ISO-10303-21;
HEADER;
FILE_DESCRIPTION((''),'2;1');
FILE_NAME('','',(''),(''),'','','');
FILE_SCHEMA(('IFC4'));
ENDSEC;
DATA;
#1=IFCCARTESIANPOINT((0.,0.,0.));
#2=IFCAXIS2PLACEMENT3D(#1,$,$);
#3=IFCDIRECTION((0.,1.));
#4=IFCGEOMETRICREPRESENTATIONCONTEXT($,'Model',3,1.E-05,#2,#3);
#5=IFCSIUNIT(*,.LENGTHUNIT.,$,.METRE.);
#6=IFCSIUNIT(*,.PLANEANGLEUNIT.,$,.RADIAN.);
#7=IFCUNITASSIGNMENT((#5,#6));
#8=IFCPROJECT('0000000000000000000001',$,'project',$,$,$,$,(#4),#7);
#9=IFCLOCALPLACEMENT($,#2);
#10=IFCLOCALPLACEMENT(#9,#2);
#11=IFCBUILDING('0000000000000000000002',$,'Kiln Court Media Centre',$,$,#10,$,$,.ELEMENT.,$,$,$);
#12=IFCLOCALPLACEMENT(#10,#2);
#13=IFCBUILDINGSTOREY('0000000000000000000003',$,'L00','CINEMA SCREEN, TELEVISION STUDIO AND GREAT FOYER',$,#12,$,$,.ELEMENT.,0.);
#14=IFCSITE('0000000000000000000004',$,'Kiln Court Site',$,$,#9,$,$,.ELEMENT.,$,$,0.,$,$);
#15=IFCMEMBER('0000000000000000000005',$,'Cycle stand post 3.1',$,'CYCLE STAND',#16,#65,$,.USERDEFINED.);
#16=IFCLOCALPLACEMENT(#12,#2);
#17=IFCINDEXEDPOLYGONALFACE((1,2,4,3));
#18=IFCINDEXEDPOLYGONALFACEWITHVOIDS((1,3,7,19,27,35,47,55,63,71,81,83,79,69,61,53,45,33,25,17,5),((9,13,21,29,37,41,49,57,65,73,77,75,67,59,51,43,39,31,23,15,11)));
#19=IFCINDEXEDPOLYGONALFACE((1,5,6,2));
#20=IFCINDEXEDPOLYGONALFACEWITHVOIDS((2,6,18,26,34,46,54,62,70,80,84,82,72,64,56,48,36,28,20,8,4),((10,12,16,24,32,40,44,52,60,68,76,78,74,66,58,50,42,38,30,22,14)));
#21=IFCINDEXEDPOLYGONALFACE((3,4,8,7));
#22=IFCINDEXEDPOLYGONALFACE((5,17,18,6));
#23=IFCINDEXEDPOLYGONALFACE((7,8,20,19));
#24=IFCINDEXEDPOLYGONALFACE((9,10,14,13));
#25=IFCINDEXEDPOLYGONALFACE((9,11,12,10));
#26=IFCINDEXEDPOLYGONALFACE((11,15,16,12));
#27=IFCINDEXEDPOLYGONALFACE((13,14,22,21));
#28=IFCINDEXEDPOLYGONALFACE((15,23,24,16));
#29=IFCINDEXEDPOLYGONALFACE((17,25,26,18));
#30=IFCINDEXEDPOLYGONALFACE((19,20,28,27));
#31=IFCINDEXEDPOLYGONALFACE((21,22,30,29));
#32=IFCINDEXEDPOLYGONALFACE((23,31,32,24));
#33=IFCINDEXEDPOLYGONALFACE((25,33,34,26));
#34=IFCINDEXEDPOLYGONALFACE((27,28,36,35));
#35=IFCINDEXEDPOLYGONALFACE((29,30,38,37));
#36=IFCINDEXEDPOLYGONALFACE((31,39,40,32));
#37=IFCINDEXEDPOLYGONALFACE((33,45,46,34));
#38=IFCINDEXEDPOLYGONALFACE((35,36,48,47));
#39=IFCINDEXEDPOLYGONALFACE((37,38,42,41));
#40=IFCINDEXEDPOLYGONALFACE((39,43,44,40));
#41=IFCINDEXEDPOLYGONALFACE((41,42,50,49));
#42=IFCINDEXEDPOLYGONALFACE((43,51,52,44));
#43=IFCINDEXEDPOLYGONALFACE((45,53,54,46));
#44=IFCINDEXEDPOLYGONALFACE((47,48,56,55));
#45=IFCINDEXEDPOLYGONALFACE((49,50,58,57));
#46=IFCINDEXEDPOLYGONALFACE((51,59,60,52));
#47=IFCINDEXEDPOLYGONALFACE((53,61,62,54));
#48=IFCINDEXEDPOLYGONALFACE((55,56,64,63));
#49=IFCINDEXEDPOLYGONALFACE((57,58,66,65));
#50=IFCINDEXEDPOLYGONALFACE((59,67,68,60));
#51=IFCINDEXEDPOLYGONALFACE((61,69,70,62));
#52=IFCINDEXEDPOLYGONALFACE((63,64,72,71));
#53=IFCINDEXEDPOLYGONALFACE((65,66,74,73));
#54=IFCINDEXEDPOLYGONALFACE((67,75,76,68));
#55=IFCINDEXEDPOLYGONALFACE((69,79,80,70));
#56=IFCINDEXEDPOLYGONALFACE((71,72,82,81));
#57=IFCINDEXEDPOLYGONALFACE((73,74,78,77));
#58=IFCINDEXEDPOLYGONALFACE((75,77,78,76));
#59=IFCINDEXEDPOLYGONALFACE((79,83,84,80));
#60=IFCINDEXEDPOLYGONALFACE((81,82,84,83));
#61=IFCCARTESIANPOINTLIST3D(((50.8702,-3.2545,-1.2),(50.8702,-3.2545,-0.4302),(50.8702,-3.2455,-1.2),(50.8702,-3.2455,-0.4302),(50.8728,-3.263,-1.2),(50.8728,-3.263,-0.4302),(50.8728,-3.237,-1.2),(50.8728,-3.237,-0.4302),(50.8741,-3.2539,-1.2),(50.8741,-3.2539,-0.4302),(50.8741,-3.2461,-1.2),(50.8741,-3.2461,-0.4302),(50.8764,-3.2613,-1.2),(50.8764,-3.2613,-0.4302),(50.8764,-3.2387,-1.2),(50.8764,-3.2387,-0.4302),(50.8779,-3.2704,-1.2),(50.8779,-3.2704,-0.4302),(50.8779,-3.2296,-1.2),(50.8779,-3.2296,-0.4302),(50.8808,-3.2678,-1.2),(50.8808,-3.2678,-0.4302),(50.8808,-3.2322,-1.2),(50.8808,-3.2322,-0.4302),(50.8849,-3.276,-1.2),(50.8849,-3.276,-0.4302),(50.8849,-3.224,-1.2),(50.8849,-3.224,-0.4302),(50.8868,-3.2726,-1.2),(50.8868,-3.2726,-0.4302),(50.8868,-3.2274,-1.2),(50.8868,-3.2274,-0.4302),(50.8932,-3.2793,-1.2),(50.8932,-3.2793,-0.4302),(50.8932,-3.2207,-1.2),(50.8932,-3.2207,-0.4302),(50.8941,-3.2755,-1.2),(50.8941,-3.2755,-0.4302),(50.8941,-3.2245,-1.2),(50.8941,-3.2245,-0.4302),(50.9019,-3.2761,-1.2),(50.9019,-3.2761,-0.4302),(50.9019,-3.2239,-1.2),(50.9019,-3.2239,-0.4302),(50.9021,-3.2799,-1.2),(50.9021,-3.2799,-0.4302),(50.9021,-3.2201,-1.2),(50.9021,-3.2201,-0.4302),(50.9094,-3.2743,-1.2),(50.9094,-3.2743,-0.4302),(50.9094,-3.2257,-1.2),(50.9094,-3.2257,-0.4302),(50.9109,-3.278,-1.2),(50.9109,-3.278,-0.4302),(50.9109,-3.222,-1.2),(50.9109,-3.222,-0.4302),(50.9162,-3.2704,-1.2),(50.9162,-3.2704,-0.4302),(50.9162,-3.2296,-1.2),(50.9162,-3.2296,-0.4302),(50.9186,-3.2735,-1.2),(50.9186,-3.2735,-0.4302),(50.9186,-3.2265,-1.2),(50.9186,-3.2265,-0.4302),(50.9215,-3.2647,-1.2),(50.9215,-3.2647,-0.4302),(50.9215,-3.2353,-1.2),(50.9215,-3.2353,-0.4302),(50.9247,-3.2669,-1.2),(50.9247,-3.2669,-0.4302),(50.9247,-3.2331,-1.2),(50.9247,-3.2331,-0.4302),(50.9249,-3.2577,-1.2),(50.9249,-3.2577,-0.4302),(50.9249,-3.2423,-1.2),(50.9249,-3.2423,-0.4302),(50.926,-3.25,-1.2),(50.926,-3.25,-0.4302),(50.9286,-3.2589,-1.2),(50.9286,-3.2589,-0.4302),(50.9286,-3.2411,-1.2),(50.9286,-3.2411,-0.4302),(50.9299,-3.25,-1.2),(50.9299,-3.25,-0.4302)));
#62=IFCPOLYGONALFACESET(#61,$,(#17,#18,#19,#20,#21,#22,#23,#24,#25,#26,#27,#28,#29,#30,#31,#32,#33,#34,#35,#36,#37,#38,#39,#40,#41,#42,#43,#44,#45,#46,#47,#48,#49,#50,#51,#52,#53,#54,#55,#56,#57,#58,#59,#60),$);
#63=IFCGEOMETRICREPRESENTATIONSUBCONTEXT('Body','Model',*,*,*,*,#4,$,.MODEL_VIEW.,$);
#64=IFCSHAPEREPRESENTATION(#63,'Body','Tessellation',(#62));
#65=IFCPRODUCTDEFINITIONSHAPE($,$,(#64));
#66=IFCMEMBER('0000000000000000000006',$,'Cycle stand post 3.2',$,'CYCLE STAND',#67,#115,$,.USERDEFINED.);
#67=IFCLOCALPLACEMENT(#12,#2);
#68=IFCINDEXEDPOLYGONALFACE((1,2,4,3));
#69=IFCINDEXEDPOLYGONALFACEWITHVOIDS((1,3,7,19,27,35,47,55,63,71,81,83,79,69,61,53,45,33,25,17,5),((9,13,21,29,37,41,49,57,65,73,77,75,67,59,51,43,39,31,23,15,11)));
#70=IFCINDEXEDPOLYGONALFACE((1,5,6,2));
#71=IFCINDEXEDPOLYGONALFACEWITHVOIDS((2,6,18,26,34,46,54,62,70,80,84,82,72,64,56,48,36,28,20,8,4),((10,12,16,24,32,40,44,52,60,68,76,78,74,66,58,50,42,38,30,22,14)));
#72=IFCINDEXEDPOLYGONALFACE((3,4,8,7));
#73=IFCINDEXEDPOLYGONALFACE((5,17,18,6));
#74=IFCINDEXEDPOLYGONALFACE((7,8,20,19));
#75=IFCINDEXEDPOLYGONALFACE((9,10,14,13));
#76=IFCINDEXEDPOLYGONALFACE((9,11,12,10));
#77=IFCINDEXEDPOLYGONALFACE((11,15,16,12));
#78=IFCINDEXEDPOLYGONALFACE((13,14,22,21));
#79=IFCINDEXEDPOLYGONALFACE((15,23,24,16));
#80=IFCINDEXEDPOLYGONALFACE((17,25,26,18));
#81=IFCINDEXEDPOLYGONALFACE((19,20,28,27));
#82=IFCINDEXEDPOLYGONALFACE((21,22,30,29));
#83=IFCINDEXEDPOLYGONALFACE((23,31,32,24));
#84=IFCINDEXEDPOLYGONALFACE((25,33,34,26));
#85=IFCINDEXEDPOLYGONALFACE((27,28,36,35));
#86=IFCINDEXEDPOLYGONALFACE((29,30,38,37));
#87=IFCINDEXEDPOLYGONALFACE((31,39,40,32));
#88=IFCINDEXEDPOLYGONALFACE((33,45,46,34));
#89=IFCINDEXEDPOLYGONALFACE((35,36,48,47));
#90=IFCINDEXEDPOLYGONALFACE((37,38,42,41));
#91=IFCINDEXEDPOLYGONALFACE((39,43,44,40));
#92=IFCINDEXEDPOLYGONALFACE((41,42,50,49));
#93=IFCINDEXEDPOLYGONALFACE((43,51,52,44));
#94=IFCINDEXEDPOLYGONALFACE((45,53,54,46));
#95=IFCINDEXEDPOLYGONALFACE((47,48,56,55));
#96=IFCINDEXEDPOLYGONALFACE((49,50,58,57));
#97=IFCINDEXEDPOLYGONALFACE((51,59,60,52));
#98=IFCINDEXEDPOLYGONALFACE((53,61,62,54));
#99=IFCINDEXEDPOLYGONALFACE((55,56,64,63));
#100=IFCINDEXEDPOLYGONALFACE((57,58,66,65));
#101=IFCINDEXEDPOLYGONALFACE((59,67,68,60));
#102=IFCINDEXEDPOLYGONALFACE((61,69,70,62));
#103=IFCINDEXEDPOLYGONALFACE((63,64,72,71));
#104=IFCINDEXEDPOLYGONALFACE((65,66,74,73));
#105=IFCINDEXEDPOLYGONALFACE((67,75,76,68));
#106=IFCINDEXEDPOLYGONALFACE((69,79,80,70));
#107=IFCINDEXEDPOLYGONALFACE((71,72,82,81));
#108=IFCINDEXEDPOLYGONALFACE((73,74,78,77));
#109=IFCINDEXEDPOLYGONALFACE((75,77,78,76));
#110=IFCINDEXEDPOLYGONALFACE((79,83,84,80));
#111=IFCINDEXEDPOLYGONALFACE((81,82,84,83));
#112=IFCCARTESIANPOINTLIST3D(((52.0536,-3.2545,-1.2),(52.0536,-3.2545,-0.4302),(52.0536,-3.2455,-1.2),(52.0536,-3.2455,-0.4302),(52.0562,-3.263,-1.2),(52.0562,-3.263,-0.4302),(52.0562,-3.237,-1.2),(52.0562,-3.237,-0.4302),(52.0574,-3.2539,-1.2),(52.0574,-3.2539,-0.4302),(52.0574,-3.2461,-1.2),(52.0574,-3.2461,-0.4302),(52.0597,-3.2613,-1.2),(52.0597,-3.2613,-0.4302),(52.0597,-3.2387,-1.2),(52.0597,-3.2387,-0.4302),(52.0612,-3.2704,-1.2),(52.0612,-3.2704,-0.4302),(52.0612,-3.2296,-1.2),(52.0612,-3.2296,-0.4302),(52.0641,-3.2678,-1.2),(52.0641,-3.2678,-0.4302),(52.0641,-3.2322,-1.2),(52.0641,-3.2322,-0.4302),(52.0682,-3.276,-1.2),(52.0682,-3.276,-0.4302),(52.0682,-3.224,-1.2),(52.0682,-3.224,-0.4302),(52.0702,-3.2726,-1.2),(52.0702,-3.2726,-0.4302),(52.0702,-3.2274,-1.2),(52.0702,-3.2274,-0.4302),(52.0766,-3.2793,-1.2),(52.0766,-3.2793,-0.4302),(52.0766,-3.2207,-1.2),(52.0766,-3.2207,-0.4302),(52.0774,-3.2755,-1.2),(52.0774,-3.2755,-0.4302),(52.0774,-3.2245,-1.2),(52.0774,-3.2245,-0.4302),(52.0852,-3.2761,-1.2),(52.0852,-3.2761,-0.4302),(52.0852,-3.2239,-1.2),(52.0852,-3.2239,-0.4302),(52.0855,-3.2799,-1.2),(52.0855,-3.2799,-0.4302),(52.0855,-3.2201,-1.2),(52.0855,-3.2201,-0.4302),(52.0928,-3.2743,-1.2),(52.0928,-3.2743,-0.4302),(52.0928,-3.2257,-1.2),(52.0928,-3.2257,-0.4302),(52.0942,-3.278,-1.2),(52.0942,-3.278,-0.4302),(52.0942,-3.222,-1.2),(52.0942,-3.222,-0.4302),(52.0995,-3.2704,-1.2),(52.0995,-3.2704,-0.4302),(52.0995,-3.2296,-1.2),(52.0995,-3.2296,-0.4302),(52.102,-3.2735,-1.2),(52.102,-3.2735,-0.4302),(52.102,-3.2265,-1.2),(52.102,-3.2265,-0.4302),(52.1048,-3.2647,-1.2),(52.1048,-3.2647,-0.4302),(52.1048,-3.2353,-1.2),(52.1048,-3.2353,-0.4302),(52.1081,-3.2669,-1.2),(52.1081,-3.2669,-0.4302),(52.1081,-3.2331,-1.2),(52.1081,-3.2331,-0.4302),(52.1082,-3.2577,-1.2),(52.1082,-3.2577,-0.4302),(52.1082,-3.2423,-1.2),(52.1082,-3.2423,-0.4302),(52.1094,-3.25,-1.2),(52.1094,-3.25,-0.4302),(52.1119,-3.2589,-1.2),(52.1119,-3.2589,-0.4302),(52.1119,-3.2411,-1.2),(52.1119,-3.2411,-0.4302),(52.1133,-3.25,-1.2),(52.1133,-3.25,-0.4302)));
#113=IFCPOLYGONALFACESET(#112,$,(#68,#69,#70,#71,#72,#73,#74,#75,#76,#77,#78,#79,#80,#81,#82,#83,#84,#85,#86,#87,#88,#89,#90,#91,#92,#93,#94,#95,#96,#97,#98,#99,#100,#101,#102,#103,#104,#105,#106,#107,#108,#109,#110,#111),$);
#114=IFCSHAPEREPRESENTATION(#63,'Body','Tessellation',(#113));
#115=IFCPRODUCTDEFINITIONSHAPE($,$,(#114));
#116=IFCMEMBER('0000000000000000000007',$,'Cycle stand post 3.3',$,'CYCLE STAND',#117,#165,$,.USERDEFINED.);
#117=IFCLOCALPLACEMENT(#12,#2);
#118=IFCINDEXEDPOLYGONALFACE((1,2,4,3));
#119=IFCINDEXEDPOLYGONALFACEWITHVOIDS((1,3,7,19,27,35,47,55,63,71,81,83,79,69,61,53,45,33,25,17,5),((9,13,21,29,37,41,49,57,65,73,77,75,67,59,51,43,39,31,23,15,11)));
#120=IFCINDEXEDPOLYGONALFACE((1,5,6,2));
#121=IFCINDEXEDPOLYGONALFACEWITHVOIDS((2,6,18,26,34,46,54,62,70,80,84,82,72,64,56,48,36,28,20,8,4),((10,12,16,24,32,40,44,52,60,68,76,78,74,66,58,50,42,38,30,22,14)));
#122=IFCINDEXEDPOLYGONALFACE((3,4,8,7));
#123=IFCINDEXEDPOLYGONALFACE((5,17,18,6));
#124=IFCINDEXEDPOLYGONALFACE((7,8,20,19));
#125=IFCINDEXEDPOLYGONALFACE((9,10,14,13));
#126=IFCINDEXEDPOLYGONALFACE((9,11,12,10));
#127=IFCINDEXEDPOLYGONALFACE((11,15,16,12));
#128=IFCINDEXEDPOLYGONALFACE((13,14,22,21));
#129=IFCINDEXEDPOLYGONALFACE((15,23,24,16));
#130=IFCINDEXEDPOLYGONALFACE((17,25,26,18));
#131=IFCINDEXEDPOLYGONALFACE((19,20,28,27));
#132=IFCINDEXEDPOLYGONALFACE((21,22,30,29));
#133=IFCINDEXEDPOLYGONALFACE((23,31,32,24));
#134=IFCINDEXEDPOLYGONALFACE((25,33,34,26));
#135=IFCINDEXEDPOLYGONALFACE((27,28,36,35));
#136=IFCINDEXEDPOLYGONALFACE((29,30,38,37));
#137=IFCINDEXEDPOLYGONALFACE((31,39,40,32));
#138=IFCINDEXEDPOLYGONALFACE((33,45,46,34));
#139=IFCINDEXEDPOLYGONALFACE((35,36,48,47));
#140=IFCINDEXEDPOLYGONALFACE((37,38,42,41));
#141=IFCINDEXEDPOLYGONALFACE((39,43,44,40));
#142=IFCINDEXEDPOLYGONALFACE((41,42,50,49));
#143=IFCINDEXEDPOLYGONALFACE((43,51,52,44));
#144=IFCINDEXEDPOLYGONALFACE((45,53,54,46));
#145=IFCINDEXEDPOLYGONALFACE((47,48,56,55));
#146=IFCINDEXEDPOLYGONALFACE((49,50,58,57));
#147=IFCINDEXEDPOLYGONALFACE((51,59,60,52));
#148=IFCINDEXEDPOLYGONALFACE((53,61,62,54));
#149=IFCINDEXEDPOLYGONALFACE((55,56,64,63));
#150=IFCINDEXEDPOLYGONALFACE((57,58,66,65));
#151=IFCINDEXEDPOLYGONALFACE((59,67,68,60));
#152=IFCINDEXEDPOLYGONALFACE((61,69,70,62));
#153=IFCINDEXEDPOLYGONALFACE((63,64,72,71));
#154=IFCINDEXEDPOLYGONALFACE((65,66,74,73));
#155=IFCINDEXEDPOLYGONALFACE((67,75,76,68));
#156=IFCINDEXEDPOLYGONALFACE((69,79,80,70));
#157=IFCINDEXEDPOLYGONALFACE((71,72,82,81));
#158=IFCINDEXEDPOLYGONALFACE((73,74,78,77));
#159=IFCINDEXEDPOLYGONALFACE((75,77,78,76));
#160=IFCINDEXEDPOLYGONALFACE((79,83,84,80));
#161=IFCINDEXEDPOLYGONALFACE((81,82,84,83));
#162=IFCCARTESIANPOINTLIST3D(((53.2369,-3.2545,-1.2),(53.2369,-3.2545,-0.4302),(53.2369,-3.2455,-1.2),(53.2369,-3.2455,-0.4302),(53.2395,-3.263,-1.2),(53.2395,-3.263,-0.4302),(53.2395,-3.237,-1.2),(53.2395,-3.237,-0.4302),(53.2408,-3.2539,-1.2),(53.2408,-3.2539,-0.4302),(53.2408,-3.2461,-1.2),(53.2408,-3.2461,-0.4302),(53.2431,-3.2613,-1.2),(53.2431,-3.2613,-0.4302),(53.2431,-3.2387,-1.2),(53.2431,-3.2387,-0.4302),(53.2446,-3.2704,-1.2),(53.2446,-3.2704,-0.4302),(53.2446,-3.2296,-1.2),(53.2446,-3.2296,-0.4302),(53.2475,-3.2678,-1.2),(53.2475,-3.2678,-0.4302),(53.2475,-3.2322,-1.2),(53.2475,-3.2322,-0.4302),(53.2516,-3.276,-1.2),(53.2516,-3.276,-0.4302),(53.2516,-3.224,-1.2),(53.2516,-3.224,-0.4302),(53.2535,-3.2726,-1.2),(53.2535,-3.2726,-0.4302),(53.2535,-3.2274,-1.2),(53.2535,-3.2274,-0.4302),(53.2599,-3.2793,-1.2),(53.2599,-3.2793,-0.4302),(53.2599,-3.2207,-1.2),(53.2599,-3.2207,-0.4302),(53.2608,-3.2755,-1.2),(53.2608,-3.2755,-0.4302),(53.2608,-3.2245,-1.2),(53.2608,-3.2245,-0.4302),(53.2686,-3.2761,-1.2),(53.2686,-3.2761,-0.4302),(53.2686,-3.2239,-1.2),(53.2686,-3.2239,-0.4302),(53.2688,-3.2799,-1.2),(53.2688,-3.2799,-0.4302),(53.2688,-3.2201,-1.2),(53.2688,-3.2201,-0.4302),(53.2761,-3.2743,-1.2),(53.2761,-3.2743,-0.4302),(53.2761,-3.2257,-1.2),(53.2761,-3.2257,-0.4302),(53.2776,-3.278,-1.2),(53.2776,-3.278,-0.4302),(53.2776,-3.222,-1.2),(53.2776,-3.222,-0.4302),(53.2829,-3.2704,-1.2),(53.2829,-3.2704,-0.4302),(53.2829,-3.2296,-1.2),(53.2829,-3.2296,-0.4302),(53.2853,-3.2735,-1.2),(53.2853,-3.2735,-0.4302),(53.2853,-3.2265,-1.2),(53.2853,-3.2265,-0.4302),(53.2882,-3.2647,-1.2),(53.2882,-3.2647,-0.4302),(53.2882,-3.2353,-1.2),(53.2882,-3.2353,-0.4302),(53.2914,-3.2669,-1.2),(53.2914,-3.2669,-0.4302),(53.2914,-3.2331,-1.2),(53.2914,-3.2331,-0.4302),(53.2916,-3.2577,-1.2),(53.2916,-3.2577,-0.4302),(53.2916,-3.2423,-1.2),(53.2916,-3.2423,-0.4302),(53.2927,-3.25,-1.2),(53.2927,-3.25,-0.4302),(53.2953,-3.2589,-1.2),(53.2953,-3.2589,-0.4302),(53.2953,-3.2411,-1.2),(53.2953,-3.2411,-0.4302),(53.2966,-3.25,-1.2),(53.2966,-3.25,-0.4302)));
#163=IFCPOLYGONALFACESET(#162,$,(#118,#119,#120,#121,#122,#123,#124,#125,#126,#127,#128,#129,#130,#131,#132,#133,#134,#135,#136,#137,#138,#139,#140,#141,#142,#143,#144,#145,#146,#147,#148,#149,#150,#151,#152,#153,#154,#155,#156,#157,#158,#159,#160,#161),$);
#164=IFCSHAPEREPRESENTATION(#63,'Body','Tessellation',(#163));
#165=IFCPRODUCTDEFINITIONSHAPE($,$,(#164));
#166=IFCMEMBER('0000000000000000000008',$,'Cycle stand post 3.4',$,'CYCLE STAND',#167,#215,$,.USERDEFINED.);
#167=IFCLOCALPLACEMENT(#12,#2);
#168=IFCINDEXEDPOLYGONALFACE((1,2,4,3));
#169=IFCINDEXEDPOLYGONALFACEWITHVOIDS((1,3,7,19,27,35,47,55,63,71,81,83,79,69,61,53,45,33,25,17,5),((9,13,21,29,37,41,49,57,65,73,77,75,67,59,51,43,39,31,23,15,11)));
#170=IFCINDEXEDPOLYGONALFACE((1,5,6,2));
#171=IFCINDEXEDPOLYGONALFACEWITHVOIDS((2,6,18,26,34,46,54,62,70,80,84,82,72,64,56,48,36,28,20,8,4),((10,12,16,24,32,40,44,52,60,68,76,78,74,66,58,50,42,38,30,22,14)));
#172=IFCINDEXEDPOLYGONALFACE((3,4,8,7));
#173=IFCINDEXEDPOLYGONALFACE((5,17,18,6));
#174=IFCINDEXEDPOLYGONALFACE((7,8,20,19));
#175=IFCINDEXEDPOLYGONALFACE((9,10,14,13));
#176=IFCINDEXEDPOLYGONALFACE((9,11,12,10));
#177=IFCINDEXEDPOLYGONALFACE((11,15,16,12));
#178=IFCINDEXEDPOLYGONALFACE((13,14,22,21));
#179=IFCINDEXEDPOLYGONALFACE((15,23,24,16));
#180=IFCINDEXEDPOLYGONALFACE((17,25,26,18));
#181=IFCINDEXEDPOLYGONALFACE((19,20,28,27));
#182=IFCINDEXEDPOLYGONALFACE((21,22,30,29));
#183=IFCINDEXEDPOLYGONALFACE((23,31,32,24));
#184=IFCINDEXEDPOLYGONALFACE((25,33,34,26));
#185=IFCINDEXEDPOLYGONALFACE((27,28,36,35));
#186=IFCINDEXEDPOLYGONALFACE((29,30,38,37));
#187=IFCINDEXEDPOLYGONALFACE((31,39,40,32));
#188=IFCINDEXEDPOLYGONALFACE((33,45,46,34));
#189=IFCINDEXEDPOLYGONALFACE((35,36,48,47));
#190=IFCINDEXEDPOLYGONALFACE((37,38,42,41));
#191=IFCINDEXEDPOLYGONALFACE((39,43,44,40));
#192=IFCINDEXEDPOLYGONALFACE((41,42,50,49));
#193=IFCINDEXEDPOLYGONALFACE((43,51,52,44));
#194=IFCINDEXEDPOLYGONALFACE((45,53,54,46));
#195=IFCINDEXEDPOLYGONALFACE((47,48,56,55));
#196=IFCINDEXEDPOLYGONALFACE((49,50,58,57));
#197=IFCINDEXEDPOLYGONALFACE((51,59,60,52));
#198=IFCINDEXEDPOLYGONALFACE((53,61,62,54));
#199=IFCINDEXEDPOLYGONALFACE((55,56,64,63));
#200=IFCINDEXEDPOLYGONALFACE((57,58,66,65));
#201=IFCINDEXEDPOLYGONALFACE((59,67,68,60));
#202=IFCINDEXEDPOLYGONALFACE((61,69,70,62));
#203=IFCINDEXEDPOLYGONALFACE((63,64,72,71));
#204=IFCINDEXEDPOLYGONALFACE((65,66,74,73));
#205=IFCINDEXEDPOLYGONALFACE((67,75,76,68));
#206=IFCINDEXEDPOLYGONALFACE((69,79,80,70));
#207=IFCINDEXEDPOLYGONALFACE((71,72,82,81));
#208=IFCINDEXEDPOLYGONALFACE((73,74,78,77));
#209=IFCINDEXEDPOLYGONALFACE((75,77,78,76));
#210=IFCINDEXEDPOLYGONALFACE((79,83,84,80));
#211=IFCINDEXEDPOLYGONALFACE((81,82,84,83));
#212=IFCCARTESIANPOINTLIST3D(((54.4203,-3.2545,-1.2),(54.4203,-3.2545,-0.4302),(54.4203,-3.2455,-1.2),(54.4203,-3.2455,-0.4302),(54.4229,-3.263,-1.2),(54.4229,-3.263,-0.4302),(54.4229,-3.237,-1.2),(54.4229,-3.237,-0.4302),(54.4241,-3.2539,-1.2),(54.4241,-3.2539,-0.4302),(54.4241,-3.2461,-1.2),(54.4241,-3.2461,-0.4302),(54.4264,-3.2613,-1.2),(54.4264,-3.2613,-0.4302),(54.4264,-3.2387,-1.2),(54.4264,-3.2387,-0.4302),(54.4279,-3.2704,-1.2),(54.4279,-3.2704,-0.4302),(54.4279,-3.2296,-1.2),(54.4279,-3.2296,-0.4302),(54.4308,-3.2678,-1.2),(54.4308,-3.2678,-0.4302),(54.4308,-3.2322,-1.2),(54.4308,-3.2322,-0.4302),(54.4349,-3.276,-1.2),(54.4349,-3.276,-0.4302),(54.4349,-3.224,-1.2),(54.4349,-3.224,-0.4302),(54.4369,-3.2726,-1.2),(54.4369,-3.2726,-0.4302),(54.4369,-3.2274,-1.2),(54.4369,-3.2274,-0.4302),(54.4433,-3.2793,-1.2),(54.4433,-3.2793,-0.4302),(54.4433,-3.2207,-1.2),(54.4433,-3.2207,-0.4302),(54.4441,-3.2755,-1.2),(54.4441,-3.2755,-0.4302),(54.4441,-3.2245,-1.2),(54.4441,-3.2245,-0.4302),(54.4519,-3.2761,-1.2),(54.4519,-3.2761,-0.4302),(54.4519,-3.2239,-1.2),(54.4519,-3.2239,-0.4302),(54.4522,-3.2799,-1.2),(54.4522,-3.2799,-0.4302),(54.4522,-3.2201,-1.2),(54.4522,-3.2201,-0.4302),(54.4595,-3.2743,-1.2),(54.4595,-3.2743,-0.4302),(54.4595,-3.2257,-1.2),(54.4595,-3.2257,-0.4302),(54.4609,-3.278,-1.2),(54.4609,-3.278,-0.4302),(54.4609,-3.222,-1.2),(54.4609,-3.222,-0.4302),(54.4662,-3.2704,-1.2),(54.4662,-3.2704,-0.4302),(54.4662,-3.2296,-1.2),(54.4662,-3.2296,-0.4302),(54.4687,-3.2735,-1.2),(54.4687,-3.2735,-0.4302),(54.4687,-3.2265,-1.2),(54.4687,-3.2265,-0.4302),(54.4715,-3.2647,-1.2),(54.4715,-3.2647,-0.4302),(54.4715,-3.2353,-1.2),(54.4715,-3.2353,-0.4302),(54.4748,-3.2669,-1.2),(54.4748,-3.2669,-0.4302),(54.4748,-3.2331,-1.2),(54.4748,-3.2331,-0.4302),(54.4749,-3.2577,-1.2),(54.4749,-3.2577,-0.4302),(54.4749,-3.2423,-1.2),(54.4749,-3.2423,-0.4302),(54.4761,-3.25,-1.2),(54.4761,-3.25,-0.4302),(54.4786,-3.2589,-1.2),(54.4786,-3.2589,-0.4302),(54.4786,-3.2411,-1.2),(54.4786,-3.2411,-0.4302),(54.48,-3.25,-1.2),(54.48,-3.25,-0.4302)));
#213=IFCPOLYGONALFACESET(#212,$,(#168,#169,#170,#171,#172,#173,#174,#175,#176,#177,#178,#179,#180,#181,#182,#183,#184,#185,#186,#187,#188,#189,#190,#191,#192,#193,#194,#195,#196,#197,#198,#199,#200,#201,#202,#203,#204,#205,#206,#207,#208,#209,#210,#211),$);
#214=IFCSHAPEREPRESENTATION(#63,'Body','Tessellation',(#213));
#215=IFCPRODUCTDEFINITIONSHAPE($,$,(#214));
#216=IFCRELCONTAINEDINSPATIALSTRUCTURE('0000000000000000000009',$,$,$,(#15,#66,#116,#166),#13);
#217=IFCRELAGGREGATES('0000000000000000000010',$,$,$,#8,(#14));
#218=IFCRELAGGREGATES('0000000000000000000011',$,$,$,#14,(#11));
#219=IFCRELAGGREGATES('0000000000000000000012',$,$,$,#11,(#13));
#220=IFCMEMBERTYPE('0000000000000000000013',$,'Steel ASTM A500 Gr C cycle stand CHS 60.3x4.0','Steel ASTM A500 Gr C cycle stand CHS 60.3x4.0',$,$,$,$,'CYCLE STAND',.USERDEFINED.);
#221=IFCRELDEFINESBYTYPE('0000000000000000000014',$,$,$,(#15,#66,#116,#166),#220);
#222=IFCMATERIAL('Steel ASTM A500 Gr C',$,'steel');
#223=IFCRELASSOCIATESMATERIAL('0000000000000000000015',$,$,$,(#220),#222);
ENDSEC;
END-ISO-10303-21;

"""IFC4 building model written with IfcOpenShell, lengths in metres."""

from ifc_helpers import new_model, si_unit, direction, frame, origin, origin_2d, place, context, subcontext, project, spatial, hollow_circle, extrude, material, material_profile, profile_set, type_object, element, save


model = new_model("IFC4")

# Units and contexts
model_context = context("Model", 3, precision=1e-05, world=origin(), true_north=direction((0.0, 1.0)))
body_context = subcontext(model_context, "Body", "Model", "MODEL_VIEW")
ifc_project = project(units=[si_unit("LENGTHUNIT", "METRE"), si_unit("PLANEANGLEUNIT", "RADIAN")], contexts=[model_context])

# Site, building, storey
site_placement = place(None, origin())
site = spatial("IfcSite", under=ifc_project, at=site_placement, Name="Kiln Court Site", CompositionType="ELEMENT", RefElevation=0.0)
building_placement = place(site_placement, origin())
building = spatial("IfcBuilding", under=site, at=building_placement, Name="Kiln Court Media Centre", CompositionType="ELEMENT")
storey_placement = place(building_placement, origin())
storey = spatial("IfcBuildingStorey", under=building, at=storey_placement, Name="L00", Description="CINEMA SCREEN, TELEVISION STUDIO AND GREAT FOYER", CompositionType="ELEMENT", Elevation=0.0)

# Members
ifc_material = material(Name="Steel ASTM A500 Gr C", Category="steel")
ifc_material_profile = material_profile(ifc_material, hollow_circle(Radius=0.03, WallThickness=0.0039, at=origin_2d()), Name="CHS 60.3x4.0")
ifc_profile_set = profile_set([ifc_material_profile], Name="Steel ASTM A500 Gr C")
member_type = type_object("IfcMemberType", Name="Steel ASTM A500 Gr C cycle stand CHS 60.3x4.0", Description="Steel ASTM A500 Gr C cycle stand CHS 60.3x4.0", ElementType="CYCLE STAND", PredefinedType="USERDEFINED", material=ifc_profile_set)
for number, where, z_axis, x_axis, name in (
    (1, (50.8999, -3.25, -1.2), (0.0, 0.0, 1.0), (1.0, 0.0, 0.0), "Cycle stand post 3.1"),
    (2, (52.0833, -3.25, -1.2), (0.0, 0.0, 1.0), (1.0, 0.0, 0.0), "Cycle stand post 3.2"),
    (3, (53.2666, -3.25, -1.2), (0.0, 0.0, 1.0), (1.0, 0.0, 0.0), "Cycle stand post 3.3"),
    (4, (54.45, -3.25, -1.2), (0.0, 0.0, 1.0), (1.0, 0.0, 0.0), "Cycle stand post 3.4"),
):
    element("IfcMember", number, at=place(storey_placement, frame(where, z_axis=z_axis, x_axis=x_axis)), inside=storey, type_object=member_type, Name=name, ObjectType="CYCLE STAND", PredefinedType="USERDEFINED", context=body_context, shape_type="SweptSolid", body=[
        extrude(hollow_circle(Radius=0.03, WallThickness=0.0039, at=origin_2d()), origin(), (0.0, 0.0, 1.0), 0.7698),
    ])

save(model, "model.ifc")
